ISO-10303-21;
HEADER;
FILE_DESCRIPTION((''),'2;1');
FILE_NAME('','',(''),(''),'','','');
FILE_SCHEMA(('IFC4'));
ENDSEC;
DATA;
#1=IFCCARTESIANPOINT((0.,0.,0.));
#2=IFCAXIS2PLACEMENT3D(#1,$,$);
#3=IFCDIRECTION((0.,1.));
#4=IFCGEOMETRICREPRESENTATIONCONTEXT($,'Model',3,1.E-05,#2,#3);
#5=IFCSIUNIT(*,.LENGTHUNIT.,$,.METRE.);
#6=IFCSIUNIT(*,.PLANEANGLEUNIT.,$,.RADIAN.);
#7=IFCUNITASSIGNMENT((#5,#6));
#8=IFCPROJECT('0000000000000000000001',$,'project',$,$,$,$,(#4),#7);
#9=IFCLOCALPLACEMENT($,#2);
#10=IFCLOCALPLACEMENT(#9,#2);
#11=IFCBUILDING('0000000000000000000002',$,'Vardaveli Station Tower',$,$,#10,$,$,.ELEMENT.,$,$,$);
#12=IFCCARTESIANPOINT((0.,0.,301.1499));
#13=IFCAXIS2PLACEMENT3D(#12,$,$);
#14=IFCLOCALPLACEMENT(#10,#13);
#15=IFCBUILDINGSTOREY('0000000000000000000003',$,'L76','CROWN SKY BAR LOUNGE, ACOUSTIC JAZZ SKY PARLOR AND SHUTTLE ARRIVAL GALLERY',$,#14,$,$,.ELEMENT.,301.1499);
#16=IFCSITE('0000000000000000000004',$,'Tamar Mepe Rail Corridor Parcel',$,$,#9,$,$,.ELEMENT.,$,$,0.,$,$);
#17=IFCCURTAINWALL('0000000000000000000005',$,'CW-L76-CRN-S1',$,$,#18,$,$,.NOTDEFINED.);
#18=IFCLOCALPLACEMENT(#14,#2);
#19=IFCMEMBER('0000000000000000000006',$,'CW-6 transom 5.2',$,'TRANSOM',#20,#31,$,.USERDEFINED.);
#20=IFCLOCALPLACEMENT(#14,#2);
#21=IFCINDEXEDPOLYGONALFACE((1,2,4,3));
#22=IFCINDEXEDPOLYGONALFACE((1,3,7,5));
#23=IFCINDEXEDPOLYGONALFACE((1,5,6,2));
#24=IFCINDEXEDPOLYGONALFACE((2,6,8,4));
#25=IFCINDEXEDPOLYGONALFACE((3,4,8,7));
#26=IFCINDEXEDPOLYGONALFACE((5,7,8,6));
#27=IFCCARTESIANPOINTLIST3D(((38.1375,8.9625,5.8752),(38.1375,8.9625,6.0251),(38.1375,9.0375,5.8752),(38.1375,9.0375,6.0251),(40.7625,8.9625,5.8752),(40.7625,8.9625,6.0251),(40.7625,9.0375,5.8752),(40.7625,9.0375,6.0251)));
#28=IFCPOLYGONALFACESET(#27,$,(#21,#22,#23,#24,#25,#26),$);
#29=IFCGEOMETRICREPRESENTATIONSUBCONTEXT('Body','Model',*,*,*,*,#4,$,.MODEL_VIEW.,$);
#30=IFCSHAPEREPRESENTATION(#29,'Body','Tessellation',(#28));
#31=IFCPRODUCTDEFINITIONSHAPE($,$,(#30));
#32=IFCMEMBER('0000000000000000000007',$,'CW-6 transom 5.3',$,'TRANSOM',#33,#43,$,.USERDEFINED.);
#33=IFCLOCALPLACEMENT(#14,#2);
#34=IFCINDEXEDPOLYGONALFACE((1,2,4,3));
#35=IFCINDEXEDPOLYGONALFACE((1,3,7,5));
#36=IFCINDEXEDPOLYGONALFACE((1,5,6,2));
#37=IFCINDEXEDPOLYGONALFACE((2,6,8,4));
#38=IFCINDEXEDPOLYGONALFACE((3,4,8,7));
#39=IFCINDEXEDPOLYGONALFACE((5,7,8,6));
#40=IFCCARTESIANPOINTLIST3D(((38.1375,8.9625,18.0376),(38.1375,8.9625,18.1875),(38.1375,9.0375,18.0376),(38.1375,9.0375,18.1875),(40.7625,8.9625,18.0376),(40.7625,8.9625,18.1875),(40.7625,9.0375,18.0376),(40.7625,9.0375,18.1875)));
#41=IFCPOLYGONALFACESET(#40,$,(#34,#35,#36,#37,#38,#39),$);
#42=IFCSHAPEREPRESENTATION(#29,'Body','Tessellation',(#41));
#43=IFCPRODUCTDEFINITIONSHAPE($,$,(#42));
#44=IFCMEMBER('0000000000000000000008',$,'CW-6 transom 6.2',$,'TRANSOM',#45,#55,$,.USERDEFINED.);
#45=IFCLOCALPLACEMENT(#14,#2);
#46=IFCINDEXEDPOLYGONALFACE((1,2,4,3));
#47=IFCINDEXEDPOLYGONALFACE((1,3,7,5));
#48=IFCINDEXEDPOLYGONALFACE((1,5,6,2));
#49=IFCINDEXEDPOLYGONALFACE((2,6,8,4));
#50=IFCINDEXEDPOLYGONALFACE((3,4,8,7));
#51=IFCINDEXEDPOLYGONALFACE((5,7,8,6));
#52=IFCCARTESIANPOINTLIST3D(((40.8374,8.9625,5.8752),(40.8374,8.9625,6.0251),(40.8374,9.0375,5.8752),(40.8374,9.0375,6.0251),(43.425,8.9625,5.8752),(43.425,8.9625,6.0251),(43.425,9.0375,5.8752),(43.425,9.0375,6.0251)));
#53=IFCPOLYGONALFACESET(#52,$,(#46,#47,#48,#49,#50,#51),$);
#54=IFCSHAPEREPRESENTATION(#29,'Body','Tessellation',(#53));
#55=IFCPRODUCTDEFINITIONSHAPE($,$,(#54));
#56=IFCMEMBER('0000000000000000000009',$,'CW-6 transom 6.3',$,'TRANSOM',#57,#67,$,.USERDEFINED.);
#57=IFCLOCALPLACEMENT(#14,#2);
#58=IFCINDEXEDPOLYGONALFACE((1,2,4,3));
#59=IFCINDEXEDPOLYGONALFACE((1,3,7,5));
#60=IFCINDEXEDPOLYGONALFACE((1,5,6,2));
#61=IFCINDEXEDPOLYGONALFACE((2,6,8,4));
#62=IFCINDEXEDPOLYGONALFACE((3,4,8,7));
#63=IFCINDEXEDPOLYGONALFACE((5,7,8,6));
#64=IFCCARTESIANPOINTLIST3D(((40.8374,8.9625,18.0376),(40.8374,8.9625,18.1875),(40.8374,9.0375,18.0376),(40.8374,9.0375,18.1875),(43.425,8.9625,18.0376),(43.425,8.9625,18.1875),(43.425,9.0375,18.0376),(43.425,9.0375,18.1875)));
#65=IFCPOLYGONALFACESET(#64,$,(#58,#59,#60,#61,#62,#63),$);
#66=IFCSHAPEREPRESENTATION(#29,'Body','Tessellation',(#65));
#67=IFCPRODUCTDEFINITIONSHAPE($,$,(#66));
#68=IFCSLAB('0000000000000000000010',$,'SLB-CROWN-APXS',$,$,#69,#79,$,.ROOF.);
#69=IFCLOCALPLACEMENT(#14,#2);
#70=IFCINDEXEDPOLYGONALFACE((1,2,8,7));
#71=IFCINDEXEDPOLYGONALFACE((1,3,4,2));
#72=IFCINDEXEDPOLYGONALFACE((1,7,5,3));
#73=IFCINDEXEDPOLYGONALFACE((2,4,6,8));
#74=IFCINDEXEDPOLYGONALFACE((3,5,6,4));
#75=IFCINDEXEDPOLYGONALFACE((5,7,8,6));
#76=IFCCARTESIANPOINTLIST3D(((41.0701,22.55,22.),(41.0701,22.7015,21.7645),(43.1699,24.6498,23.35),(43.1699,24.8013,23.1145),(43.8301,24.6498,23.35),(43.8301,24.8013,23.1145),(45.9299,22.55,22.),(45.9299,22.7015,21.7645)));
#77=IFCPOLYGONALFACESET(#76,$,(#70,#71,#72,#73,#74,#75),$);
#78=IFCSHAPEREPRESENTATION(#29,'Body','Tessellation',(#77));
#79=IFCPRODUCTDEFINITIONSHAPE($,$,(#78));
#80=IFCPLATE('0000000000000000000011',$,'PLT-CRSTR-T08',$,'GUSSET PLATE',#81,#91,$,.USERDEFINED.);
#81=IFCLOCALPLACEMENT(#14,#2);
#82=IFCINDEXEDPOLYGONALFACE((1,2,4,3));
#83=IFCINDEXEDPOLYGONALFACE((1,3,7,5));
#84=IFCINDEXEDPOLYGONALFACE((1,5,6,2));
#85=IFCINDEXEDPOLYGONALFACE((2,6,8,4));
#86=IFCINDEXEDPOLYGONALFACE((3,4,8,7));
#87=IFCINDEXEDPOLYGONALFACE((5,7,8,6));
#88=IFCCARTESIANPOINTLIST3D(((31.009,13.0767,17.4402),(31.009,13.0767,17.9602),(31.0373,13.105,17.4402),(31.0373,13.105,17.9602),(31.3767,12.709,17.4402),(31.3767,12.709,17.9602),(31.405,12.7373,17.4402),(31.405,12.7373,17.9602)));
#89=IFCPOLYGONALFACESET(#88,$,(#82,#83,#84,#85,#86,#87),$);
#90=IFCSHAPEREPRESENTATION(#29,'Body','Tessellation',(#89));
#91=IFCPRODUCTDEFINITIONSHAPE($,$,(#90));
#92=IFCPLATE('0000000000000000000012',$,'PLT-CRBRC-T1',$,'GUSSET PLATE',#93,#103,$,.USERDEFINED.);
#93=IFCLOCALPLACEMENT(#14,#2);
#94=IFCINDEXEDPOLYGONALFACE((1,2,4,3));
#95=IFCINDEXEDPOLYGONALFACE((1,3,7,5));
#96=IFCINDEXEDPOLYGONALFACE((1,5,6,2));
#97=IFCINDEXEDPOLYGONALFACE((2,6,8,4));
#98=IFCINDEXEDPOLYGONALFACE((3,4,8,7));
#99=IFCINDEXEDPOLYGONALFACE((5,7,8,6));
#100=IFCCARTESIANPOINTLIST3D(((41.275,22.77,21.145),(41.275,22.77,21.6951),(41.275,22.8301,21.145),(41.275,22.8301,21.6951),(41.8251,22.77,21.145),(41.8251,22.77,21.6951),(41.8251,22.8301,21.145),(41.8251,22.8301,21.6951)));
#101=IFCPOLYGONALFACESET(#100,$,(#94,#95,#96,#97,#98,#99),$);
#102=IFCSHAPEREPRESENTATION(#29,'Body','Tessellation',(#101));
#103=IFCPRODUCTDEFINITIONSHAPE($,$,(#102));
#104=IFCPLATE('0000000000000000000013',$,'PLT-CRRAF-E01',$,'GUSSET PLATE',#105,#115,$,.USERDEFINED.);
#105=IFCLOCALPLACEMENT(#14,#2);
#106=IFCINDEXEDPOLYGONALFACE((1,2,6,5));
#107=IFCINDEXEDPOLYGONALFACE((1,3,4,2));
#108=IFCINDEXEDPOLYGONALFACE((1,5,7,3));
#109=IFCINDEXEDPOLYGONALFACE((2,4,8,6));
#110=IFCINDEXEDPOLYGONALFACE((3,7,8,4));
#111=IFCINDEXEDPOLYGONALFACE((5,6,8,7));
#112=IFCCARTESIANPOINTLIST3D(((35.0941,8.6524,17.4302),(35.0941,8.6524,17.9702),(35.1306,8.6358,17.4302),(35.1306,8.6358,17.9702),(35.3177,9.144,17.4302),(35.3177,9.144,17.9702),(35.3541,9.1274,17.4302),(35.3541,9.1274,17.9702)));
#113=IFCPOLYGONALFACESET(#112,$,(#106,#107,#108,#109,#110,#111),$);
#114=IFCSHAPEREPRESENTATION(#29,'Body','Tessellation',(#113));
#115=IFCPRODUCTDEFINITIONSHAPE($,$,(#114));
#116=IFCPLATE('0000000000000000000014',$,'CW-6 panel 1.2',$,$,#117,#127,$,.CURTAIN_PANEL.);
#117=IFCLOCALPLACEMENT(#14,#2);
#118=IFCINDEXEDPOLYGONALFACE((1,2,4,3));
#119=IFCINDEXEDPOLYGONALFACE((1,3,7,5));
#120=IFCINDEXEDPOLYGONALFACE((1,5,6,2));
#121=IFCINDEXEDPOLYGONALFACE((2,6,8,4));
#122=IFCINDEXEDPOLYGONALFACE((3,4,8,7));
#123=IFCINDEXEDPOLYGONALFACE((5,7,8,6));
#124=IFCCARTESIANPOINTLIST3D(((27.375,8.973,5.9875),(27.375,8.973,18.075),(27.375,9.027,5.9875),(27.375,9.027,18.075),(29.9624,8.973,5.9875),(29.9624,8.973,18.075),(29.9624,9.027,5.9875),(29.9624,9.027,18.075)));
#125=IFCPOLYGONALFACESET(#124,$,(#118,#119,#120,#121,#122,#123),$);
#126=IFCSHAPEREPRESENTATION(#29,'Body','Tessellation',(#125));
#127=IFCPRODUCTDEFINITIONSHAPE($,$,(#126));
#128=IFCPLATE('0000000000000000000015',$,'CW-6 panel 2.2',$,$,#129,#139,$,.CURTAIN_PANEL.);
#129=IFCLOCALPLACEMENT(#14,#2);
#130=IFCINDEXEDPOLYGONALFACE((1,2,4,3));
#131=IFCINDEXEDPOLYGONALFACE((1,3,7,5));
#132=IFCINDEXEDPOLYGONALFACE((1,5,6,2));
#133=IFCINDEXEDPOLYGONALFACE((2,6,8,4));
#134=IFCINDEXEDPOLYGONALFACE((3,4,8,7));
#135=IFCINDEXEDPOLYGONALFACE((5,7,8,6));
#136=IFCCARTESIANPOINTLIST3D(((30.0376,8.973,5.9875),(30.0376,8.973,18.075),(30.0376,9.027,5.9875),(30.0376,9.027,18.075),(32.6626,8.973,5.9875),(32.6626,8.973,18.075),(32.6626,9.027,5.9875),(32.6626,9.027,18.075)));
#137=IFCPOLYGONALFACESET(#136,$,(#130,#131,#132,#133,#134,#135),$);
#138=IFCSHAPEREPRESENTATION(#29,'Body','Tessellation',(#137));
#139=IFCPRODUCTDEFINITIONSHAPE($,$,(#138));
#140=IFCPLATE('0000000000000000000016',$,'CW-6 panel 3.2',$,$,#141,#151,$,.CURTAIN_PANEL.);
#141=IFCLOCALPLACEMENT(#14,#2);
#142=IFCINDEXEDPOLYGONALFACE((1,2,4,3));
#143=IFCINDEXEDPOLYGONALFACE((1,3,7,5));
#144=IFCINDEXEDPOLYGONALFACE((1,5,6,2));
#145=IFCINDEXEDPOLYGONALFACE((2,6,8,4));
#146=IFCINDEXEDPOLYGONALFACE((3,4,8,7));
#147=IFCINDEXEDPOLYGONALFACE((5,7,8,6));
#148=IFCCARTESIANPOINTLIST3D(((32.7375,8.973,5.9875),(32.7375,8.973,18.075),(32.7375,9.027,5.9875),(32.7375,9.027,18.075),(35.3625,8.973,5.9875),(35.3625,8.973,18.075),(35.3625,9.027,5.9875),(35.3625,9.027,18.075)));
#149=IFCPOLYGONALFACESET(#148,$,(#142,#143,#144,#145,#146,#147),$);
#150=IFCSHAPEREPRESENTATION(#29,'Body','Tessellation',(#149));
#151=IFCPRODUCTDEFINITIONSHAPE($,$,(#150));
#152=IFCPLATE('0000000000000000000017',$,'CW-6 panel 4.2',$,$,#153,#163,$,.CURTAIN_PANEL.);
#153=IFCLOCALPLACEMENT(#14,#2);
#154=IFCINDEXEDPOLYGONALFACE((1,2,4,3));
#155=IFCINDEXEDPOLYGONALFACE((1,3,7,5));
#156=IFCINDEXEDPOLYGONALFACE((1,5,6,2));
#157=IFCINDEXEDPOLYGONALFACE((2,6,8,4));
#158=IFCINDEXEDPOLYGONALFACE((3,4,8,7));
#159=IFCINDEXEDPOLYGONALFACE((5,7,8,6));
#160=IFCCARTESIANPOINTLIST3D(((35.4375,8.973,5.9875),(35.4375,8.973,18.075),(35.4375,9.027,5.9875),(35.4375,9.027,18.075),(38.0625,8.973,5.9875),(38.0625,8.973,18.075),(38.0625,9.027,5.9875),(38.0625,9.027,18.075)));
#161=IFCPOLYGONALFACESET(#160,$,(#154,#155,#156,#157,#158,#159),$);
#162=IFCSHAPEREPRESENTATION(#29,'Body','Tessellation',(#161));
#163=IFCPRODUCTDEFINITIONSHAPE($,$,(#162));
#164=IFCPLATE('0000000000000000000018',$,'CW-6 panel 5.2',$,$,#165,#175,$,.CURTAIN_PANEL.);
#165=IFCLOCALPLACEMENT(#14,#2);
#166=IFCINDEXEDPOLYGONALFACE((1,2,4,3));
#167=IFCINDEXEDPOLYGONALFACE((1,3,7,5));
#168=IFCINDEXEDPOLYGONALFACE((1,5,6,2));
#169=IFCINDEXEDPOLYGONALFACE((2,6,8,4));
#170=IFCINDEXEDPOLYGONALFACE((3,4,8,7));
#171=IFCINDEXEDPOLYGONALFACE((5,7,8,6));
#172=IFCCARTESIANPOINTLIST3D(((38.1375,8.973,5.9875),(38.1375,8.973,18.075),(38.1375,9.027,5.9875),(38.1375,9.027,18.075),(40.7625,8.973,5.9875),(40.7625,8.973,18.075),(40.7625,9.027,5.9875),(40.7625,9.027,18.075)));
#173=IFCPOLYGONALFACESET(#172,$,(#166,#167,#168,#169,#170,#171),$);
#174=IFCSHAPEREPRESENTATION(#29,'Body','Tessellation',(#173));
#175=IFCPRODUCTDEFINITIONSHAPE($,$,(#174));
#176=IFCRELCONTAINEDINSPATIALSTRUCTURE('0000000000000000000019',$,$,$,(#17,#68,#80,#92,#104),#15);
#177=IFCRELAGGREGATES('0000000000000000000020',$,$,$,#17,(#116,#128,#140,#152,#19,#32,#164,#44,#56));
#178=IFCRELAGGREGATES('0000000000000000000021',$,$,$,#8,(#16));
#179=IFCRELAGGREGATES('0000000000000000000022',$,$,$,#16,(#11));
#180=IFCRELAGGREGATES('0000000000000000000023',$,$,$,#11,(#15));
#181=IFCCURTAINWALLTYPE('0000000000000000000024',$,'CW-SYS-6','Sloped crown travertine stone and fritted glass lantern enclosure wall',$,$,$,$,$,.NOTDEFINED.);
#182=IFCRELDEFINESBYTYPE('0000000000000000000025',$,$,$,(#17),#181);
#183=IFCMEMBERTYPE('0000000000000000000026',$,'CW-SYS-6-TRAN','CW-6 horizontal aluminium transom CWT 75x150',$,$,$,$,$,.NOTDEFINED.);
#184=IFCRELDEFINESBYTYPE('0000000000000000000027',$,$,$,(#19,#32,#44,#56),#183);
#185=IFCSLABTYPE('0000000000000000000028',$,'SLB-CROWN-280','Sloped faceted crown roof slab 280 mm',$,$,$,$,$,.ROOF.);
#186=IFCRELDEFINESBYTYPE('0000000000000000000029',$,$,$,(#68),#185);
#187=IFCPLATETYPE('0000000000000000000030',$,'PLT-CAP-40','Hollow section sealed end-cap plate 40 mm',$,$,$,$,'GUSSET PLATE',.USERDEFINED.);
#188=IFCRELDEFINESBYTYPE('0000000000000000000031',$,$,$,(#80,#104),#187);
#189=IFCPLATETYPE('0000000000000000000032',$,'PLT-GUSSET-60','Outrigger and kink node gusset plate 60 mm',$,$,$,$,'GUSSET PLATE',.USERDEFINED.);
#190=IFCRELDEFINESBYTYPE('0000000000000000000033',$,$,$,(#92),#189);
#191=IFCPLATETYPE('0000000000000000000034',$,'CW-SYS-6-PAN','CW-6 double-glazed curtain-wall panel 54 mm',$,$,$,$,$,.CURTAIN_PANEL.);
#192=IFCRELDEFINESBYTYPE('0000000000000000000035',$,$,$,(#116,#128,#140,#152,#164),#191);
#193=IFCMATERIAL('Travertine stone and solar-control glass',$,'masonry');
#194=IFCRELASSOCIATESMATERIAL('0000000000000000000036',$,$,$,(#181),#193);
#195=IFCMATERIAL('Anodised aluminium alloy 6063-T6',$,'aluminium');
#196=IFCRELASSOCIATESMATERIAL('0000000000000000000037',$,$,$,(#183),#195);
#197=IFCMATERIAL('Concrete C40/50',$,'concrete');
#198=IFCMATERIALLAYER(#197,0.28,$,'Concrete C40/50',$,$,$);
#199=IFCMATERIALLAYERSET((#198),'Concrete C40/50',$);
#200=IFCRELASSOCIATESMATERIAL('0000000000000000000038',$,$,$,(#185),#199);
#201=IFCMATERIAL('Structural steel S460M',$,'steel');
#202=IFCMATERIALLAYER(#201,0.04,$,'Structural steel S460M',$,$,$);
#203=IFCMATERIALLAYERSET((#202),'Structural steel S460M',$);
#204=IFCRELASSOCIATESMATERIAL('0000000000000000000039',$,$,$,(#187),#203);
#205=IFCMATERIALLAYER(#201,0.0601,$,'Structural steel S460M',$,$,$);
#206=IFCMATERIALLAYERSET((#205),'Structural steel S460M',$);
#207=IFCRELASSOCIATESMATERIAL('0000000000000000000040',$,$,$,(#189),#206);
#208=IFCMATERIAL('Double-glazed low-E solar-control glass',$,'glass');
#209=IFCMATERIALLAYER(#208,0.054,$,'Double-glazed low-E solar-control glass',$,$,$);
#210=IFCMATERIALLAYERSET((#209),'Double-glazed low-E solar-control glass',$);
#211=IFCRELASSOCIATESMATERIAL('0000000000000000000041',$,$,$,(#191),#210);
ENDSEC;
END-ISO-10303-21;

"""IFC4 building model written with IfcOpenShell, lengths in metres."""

from ifc_helpers import new_model, si_unit, direction, frame, origin, origin_2d, place, context, subcontext, project, spatial, polyline, rectangle, outline, extrude, source, transform, mapped, material, layer, layer_set, material_profile, profile_set, type_object, element, aggregate, save


model = new_model("IFC4")

# Units and contexts
model_context = context("Model", 3, precision=1e-05, world=origin(), true_north=direction((0.0, 1.0)))
body_context = subcontext(model_context, "Body", "Model", "MODEL_VIEW")
ifc_project = project(units=[si_unit("LENGTHUNIT", "METRE"), si_unit("PLANEANGLEUNIT", "RADIAN")], contexts=[model_context])

# Site, building, storey
site_placement = place(None, origin())
site = spatial("IfcSite", under=ifc_project, at=site_placement, Name="Tamar Mepe Rail Corridor Parcel", CompositionType="ELEMENT", RefElevation=0.0)
building_placement = place(site_placement, origin())
building = spatial("IfcBuilding", under=site, at=building_placement, Name="Vardaveli Station Tower", CompositionType="ELEMENT")
storey_placement = place(building_placement, frame((0.0, 0.0, 301.1499)))
storey = spatial("IfcBuildingStorey", under=building, at=storey_placement, Name="L76", Description="CROWN SKY BAR LOUNGE, ACOUSTIC JAZZ SKY PARLOR AND SHUTTLE ARRIVAL GALLERY", CompositionType="ELEMENT", Elevation=301.1499)

# Curtain wall, members
ifc_material_1 = material(Name="Travertine stone and solar-control glass", Category="masonry")
curtain_wall_type = type_object("IfcCurtainWallType", Name="CW-SYS-6", Description="Sloped crown travertine stone and fritted glass lantern enclosure wall", PredefinedType="NOTDEFINED", material=ifc_material_1)
curtain_wall_placement = place(storey_placement, origin())
curtain_wall = element("IfcCurtainWall", 1, at=curtain_wall_placement, inside=storey, type_object=curtain_wall_type, Name="CW-L76-CRN-S1", PredefinedType="NOTDEFINED")
ifc_material_2 = material(Name="Anodised aluminium alloy 6063-T6", Category="aluminium")
ifc_material_profile_1 = material_profile(ifc_material_2, rectangle(XDim=0.075, YDim=0.1499, at=origin_2d()), Name="CWT 75x150")
ifc_profile_set_1 = profile_set([ifc_material_profile_1], Name="Anodised aluminium alloy 6063-T6")
member_type_1 = type_object("IfcMemberType", Name="CW-SYS-6-TRAN", Description="CW-6 horizontal aluminium transom CWT 75x150", PredefinedType="NOTDEFINED", material=ifc_profile_set_1)
shared_shape_1 = source(origin(), body_context, "Body", "SweptSolid", [
    extrude(rectangle(XDim=0.075, YDim=0.1499, at=origin_2d()), origin(), (0.0, 0.0, 1.0), 2.625),
])
member_1_placement = place(storey_placement, frame((38.1375, 9.0, 5.9502), z_axis=(1.0, 0.0, 0.0), x_axis=(0.0, 1.0, 0.0)))
member_1 = element("IfcMember", 2, at=member_1_placement, type_object=member_type_1, Name="CW-6 transom 5.2", ObjectType="TRANSOM", PredefinedType="USERDEFINED", context=body_context, shape_type="MappedRepresentation", body=[
    mapped(shared_shape_1, transform((0.0, 0.0, 0.0), scale=1.0)),
])
member_2_placement = place(storey_placement, frame((38.1375, 9.0, 18.1125), z_axis=(1.0, 0.0, 0.0), x_axis=(0.0, 1.0, 0.0)))
member_2 = element("IfcMember", 3, at=member_2_placement, type_object=member_type_1, Name="CW-6 transom 5.3", ObjectType="TRANSOM", PredefinedType="USERDEFINED", context=body_context, shape_type="MappedRepresentation", body=[
    mapped(shared_shape_1, transform((0.0, 0.0, 0.0), scale=1.0)),
])
shared_shape_2 = source(origin(), body_context, "Body", "SweptSolid", [
    extrude(rectangle(XDim=0.075, YDim=0.1499, at=origin_2d()), origin(), (0.0, 0.0, 1.0), 2.5876),
])
member_3_placement = place(storey_placement, frame((40.8374, 9.0, 5.9502), z_axis=(1.0, 0.0, 0.0), x_axis=(0.0, 1.0, 0.0)))
member_3 = element("IfcMember", 4, at=member_3_placement, type_object=member_type_1, Name="CW-6 transom 6.2", ObjectType="TRANSOM", PredefinedType="USERDEFINED", context=body_context, shape_type="MappedRepresentation", body=[
    mapped(shared_shape_2, transform((0.0, 0.0, 0.0), scale=1.0)),
])
member_4_placement = place(storey_placement, frame((40.8374, 9.0, 18.1125), z_axis=(1.0, 0.0, 0.0), x_axis=(0.0, 1.0, 0.0)))
member_4 = element("IfcMember", 5, at=member_4_placement, type_object=member_type_1, Name="CW-6 transom 6.3", ObjectType="TRANSOM", PredefinedType="USERDEFINED", context=body_context, shape_type="MappedRepresentation", body=[
    mapped(shared_shape_2, transform((0.0, 0.0, 0.0), scale=1.0)),
])

# Slab
ifc_material_3 = material(Name="Concrete C40/50", Category="concrete")
ifc_layer_1 = layer(ifc_material_3, 0.28, Name="Concrete C40/50")
ifc_layer_set_1 = layer_set([ifc_layer_1], Name="Concrete C40/50")
slab_type = type_object("IfcSlabType", Name="SLB-CROWN-280", Description="Sloped faceted crown roof slab 280 mm", PredefinedType="ROOF", material=ifc_layer_set_1)
slab_placement = place(storey_placement, frame((41.0701, 22.55, 22.0), z_axis=(0.0, -0.540812, 0.841144), x_axis=(1.0, 0.0, 0.0)))
element("IfcSlab", 6, at=slab_placement, inside=storey, type_object=slab_type, Name="SLB-CROWN-APXS", PredefinedType="ROOF", context=body_context, shape_type="SweptSolid", body=[
    extrude(outline(polyline([(0.0, 0.0), (4.8599, 0.0), (2.76, 2.4963), (2.0999, 2.4963), (0.0, 0.0)])), origin(), (0.0, 0.0, -1.0), 0.28),
])

# Plates
ifc_material_4 = material(Name="Structural steel S460M", Category="steel")
ifc_layer_2 = layer(ifc_material_4, 0.04, Name="Structural steel S460M")
ifc_layer_set_2 = layer_set([ifc_layer_2], Name="Structural steel S460M")
plate_type_1 = type_object("IfcPlateType", Name="PLT-CAP-40", Description="Hollow section sealed end-cap plate 40 mm", ElementType="GUSSET PLATE", PredefinedType="USERDEFINED", material=ifc_layer_set_2)
shared_shape_3 = source(origin(), body_context, "Body", "SweptSolid", [
    extrude(rectangle(XDim=0.52, YDim=0.04, at=origin_2d()), origin(), (0.0, 0.0, 1.0), 0.52),
])
plate_1_placement = place(storey_placement, frame((31.207, 12.907, 17.4402), z_axis=(0.0, 0.0, 1.0), x_axis=(0.707107, -0.707107, 0.0)))
element("IfcPlate", 7, at=plate_1_placement, inside=storey, type_object=plate_type_1, Name="PLT-CRSTR-T08", ObjectType="GUSSET PLATE", PredefinedType="USERDEFINED", context=body_context, shape_type="MappedRepresentation", body=[
    mapped(shared_shape_3, transform((0.0, 0.0, 0.0), scale=1.0)),
])
ifc_layer_3 = layer(ifc_material_4, 0.0601, Name="Structural steel S460M")
ifc_layer_set_3 = layer_set([ifc_layer_3], Name="Structural steel S460M")
plate_type_2 = type_object("IfcPlateType", Name="PLT-GUSSET-60", Description="Outrigger and kink node gusset plate 60 mm", ElementType="GUSSET PLATE", PredefinedType="USERDEFINED", material=ifc_layer_set_3)
shared_shape_4 = source(origin(), body_context, "Body", "SweptSolid", [
    extrude(rectangle(XDim=0.55, YDim=0.0601, at=origin_2d()), origin(), (0.0, 0.0, 1.0), 0.55),
])
plate_2_placement = place(storey_placement, frame((41.55, 22.8, 21.145), z_axis=(0.0, 0.0, 1.0), x_axis=(1.0, 0.0, 0.0)))
element("IfcPlate", 8, at=plate_2_placement, inside=storey, type_object=plate_type_2, Name="PLT-CRBRC-T1", ObjectType="GUSSET PLATE", PredefinedType="USERDEFINED", context=body_context, shape_type="MappedRepresentation", body=[
    mapped(shared_shape_4, transform((0.0, 0.0, 0.0), scale=1.0)),
])
shared_shape_5 = source(origin(), body_context, "Body", "SweptSolid", [
    extrude(rectangle(XDim=0.54, YDim=0.04, at=origin_2d()), origin(), (0.0, 0.0, 1.0), 0.54),
])
plate_3_placement = place(storey_placement, frame((35.2241, 8.8899, 17.4302), z_axis=(0.0, 0.0, 1.0), x_axis=(0.413899, 0.910323, 0.0)))
element("IfcPlate", 9, at=plate_3_placement, inside=storey, type_object=plate_type_1, Name="PLT-CRRAF-E01", ObjectType="GUSSET PLATE", PredefinedType="USERDEFINED", context=body_context, shape_type="MappedRepresentation", body=[
    mapped(shared_shape_5, transform((0.0, 0.0, 0.0), scale=1.0)),
])

# Plates
ifc_material_5 = material(Name="Double-glazed low-E solar-control glass", Category="glass")
ifc_layer_4 = layer(ifc_material_5, 0.054, Name="Double-glazed low-E solar-control glass")
ifc_layer_set_4 = layer_set([ifc_layer_4], Name="Double-glazed low-E solar-control glass")
plate_type_3 = type_object("IfcPlateType", Name="CW-SYS-6-PAN", Description="CW-6 double-glazed curtain-wall panel 54 mm", PredefinedType="CURTAIN_PANEL", material=ifc_layer_set_4)
shared_shape_6 = source(origin(), body_context, "Body", "SweptSolid", [
    extrude(rectangle(XDim=2.5874, YDim=0.054, at=origin_2d()), origin(), (0.0, 0.0, 1.0), 12.0874),
])
plate_4_placement = place(storey_placement, frame((28.6687, 9.0, 5.9875), z_axis=(0.0, 0.0, 1.0), x_axis=(1.0, 0.0, 0.0)))
plate_4 = element("IfcPlate", 10, at=plate_4_placement, type_object=plate_type_3, Name="CW-6 panel 1.2", PredefinedType="CURTAIN_PANEL", context=body_context, shape_type="MappedRepresentation", body=[
    mapped(shared_shape_6, transform((0.0, 0.0, 0.0), scale=1.0)),
])
shared_shape_7 = source(origin(), body_context, "Body", "SweptSolid", [
    extrude(rectangle(XDim=2.625, YDim=0.054, at=origin_2d()), origin(), (0.0, 0.0, 1.0), 12.0874),
])
plate_5_placement = place(storey_placement, frame((31.3501, 9.0, 5.9875), z_axis=(0.0, 0.0, 1.0), x_axis=(1.0, 0.0, 0.0)))
plate_5 = element("IfcPlate", 11, at=plate_5_placement, type_object=plate_type_3, Name="CW-6 panel 2.2", PredefinedType="CURTAIN_PANEL", context=body_context, shape_type="MappedRepresentation", body=[
    mapped(shared_shape_7, transform((0.0, 0.0, 0.0), scale=1.0)),
])
plate_6_placement = place(storey_placement, frame((34.05, 9.0, 5.9875), z_axis=(0.0, 0.0, 1.0), x_axis=(1.0, 0.0, 0.0)))
plate_6 = element("IfcPlate", 12, at=plate_6_placement, type_object=plate_type_3, Name="CW-6 panel 3.2", PredefinedType="CURTAIN_PANEL", context=body_context, shape_type="MappedRepresentation", body=[
    mapped(shared_shape_7, transform((0.0, 0.0, 0.0), scale=1.0)),
])
plate_7_placement = place(storey_placement, frame((36.75, 9.0, 5.9875), z_axis=(0.0, 0.0, 1.0), x_axis=(1.0, 0.0, 0.0)))
plate_7 = element("IfcPlate", 13, at=plate_7_placement, type_object=plate_type_3, Name="CW-6 panel 4.2", PredefinedType="CURTAIN_PANEL", context=body_context, shape_type="MappedRepresentation", body=[
    mapped(shared_shape_7, transform((0.0, 0.0, 0.0), scale=1.0)),
])
plate_8_placement = place(storey_placement, frame((39.45, 9.0, 5.9875), z_axis=(0.0, 0.0, 1.0), x_axis=(1.0, 0.0, 0.0)))
plate_8 = element("IfcPlate", 14, at=plate_8_placement, type_object=plate_type_3, Name="CW-6 panel 5.2", PredefinedType="CURTAIN_PANEL", context=body_context, shape_type="MappedRepresentation", body=[
    mapped(shared_shape_7, transform((0.0, 0.0, 0.0), scale=1.0)),
])
aggregate(curtain_wall, [plate_4, plate_5, plate_6, plate_7, member_1, member_2, plate_8, member_3, member_4])

save(model, "model.ifc")
